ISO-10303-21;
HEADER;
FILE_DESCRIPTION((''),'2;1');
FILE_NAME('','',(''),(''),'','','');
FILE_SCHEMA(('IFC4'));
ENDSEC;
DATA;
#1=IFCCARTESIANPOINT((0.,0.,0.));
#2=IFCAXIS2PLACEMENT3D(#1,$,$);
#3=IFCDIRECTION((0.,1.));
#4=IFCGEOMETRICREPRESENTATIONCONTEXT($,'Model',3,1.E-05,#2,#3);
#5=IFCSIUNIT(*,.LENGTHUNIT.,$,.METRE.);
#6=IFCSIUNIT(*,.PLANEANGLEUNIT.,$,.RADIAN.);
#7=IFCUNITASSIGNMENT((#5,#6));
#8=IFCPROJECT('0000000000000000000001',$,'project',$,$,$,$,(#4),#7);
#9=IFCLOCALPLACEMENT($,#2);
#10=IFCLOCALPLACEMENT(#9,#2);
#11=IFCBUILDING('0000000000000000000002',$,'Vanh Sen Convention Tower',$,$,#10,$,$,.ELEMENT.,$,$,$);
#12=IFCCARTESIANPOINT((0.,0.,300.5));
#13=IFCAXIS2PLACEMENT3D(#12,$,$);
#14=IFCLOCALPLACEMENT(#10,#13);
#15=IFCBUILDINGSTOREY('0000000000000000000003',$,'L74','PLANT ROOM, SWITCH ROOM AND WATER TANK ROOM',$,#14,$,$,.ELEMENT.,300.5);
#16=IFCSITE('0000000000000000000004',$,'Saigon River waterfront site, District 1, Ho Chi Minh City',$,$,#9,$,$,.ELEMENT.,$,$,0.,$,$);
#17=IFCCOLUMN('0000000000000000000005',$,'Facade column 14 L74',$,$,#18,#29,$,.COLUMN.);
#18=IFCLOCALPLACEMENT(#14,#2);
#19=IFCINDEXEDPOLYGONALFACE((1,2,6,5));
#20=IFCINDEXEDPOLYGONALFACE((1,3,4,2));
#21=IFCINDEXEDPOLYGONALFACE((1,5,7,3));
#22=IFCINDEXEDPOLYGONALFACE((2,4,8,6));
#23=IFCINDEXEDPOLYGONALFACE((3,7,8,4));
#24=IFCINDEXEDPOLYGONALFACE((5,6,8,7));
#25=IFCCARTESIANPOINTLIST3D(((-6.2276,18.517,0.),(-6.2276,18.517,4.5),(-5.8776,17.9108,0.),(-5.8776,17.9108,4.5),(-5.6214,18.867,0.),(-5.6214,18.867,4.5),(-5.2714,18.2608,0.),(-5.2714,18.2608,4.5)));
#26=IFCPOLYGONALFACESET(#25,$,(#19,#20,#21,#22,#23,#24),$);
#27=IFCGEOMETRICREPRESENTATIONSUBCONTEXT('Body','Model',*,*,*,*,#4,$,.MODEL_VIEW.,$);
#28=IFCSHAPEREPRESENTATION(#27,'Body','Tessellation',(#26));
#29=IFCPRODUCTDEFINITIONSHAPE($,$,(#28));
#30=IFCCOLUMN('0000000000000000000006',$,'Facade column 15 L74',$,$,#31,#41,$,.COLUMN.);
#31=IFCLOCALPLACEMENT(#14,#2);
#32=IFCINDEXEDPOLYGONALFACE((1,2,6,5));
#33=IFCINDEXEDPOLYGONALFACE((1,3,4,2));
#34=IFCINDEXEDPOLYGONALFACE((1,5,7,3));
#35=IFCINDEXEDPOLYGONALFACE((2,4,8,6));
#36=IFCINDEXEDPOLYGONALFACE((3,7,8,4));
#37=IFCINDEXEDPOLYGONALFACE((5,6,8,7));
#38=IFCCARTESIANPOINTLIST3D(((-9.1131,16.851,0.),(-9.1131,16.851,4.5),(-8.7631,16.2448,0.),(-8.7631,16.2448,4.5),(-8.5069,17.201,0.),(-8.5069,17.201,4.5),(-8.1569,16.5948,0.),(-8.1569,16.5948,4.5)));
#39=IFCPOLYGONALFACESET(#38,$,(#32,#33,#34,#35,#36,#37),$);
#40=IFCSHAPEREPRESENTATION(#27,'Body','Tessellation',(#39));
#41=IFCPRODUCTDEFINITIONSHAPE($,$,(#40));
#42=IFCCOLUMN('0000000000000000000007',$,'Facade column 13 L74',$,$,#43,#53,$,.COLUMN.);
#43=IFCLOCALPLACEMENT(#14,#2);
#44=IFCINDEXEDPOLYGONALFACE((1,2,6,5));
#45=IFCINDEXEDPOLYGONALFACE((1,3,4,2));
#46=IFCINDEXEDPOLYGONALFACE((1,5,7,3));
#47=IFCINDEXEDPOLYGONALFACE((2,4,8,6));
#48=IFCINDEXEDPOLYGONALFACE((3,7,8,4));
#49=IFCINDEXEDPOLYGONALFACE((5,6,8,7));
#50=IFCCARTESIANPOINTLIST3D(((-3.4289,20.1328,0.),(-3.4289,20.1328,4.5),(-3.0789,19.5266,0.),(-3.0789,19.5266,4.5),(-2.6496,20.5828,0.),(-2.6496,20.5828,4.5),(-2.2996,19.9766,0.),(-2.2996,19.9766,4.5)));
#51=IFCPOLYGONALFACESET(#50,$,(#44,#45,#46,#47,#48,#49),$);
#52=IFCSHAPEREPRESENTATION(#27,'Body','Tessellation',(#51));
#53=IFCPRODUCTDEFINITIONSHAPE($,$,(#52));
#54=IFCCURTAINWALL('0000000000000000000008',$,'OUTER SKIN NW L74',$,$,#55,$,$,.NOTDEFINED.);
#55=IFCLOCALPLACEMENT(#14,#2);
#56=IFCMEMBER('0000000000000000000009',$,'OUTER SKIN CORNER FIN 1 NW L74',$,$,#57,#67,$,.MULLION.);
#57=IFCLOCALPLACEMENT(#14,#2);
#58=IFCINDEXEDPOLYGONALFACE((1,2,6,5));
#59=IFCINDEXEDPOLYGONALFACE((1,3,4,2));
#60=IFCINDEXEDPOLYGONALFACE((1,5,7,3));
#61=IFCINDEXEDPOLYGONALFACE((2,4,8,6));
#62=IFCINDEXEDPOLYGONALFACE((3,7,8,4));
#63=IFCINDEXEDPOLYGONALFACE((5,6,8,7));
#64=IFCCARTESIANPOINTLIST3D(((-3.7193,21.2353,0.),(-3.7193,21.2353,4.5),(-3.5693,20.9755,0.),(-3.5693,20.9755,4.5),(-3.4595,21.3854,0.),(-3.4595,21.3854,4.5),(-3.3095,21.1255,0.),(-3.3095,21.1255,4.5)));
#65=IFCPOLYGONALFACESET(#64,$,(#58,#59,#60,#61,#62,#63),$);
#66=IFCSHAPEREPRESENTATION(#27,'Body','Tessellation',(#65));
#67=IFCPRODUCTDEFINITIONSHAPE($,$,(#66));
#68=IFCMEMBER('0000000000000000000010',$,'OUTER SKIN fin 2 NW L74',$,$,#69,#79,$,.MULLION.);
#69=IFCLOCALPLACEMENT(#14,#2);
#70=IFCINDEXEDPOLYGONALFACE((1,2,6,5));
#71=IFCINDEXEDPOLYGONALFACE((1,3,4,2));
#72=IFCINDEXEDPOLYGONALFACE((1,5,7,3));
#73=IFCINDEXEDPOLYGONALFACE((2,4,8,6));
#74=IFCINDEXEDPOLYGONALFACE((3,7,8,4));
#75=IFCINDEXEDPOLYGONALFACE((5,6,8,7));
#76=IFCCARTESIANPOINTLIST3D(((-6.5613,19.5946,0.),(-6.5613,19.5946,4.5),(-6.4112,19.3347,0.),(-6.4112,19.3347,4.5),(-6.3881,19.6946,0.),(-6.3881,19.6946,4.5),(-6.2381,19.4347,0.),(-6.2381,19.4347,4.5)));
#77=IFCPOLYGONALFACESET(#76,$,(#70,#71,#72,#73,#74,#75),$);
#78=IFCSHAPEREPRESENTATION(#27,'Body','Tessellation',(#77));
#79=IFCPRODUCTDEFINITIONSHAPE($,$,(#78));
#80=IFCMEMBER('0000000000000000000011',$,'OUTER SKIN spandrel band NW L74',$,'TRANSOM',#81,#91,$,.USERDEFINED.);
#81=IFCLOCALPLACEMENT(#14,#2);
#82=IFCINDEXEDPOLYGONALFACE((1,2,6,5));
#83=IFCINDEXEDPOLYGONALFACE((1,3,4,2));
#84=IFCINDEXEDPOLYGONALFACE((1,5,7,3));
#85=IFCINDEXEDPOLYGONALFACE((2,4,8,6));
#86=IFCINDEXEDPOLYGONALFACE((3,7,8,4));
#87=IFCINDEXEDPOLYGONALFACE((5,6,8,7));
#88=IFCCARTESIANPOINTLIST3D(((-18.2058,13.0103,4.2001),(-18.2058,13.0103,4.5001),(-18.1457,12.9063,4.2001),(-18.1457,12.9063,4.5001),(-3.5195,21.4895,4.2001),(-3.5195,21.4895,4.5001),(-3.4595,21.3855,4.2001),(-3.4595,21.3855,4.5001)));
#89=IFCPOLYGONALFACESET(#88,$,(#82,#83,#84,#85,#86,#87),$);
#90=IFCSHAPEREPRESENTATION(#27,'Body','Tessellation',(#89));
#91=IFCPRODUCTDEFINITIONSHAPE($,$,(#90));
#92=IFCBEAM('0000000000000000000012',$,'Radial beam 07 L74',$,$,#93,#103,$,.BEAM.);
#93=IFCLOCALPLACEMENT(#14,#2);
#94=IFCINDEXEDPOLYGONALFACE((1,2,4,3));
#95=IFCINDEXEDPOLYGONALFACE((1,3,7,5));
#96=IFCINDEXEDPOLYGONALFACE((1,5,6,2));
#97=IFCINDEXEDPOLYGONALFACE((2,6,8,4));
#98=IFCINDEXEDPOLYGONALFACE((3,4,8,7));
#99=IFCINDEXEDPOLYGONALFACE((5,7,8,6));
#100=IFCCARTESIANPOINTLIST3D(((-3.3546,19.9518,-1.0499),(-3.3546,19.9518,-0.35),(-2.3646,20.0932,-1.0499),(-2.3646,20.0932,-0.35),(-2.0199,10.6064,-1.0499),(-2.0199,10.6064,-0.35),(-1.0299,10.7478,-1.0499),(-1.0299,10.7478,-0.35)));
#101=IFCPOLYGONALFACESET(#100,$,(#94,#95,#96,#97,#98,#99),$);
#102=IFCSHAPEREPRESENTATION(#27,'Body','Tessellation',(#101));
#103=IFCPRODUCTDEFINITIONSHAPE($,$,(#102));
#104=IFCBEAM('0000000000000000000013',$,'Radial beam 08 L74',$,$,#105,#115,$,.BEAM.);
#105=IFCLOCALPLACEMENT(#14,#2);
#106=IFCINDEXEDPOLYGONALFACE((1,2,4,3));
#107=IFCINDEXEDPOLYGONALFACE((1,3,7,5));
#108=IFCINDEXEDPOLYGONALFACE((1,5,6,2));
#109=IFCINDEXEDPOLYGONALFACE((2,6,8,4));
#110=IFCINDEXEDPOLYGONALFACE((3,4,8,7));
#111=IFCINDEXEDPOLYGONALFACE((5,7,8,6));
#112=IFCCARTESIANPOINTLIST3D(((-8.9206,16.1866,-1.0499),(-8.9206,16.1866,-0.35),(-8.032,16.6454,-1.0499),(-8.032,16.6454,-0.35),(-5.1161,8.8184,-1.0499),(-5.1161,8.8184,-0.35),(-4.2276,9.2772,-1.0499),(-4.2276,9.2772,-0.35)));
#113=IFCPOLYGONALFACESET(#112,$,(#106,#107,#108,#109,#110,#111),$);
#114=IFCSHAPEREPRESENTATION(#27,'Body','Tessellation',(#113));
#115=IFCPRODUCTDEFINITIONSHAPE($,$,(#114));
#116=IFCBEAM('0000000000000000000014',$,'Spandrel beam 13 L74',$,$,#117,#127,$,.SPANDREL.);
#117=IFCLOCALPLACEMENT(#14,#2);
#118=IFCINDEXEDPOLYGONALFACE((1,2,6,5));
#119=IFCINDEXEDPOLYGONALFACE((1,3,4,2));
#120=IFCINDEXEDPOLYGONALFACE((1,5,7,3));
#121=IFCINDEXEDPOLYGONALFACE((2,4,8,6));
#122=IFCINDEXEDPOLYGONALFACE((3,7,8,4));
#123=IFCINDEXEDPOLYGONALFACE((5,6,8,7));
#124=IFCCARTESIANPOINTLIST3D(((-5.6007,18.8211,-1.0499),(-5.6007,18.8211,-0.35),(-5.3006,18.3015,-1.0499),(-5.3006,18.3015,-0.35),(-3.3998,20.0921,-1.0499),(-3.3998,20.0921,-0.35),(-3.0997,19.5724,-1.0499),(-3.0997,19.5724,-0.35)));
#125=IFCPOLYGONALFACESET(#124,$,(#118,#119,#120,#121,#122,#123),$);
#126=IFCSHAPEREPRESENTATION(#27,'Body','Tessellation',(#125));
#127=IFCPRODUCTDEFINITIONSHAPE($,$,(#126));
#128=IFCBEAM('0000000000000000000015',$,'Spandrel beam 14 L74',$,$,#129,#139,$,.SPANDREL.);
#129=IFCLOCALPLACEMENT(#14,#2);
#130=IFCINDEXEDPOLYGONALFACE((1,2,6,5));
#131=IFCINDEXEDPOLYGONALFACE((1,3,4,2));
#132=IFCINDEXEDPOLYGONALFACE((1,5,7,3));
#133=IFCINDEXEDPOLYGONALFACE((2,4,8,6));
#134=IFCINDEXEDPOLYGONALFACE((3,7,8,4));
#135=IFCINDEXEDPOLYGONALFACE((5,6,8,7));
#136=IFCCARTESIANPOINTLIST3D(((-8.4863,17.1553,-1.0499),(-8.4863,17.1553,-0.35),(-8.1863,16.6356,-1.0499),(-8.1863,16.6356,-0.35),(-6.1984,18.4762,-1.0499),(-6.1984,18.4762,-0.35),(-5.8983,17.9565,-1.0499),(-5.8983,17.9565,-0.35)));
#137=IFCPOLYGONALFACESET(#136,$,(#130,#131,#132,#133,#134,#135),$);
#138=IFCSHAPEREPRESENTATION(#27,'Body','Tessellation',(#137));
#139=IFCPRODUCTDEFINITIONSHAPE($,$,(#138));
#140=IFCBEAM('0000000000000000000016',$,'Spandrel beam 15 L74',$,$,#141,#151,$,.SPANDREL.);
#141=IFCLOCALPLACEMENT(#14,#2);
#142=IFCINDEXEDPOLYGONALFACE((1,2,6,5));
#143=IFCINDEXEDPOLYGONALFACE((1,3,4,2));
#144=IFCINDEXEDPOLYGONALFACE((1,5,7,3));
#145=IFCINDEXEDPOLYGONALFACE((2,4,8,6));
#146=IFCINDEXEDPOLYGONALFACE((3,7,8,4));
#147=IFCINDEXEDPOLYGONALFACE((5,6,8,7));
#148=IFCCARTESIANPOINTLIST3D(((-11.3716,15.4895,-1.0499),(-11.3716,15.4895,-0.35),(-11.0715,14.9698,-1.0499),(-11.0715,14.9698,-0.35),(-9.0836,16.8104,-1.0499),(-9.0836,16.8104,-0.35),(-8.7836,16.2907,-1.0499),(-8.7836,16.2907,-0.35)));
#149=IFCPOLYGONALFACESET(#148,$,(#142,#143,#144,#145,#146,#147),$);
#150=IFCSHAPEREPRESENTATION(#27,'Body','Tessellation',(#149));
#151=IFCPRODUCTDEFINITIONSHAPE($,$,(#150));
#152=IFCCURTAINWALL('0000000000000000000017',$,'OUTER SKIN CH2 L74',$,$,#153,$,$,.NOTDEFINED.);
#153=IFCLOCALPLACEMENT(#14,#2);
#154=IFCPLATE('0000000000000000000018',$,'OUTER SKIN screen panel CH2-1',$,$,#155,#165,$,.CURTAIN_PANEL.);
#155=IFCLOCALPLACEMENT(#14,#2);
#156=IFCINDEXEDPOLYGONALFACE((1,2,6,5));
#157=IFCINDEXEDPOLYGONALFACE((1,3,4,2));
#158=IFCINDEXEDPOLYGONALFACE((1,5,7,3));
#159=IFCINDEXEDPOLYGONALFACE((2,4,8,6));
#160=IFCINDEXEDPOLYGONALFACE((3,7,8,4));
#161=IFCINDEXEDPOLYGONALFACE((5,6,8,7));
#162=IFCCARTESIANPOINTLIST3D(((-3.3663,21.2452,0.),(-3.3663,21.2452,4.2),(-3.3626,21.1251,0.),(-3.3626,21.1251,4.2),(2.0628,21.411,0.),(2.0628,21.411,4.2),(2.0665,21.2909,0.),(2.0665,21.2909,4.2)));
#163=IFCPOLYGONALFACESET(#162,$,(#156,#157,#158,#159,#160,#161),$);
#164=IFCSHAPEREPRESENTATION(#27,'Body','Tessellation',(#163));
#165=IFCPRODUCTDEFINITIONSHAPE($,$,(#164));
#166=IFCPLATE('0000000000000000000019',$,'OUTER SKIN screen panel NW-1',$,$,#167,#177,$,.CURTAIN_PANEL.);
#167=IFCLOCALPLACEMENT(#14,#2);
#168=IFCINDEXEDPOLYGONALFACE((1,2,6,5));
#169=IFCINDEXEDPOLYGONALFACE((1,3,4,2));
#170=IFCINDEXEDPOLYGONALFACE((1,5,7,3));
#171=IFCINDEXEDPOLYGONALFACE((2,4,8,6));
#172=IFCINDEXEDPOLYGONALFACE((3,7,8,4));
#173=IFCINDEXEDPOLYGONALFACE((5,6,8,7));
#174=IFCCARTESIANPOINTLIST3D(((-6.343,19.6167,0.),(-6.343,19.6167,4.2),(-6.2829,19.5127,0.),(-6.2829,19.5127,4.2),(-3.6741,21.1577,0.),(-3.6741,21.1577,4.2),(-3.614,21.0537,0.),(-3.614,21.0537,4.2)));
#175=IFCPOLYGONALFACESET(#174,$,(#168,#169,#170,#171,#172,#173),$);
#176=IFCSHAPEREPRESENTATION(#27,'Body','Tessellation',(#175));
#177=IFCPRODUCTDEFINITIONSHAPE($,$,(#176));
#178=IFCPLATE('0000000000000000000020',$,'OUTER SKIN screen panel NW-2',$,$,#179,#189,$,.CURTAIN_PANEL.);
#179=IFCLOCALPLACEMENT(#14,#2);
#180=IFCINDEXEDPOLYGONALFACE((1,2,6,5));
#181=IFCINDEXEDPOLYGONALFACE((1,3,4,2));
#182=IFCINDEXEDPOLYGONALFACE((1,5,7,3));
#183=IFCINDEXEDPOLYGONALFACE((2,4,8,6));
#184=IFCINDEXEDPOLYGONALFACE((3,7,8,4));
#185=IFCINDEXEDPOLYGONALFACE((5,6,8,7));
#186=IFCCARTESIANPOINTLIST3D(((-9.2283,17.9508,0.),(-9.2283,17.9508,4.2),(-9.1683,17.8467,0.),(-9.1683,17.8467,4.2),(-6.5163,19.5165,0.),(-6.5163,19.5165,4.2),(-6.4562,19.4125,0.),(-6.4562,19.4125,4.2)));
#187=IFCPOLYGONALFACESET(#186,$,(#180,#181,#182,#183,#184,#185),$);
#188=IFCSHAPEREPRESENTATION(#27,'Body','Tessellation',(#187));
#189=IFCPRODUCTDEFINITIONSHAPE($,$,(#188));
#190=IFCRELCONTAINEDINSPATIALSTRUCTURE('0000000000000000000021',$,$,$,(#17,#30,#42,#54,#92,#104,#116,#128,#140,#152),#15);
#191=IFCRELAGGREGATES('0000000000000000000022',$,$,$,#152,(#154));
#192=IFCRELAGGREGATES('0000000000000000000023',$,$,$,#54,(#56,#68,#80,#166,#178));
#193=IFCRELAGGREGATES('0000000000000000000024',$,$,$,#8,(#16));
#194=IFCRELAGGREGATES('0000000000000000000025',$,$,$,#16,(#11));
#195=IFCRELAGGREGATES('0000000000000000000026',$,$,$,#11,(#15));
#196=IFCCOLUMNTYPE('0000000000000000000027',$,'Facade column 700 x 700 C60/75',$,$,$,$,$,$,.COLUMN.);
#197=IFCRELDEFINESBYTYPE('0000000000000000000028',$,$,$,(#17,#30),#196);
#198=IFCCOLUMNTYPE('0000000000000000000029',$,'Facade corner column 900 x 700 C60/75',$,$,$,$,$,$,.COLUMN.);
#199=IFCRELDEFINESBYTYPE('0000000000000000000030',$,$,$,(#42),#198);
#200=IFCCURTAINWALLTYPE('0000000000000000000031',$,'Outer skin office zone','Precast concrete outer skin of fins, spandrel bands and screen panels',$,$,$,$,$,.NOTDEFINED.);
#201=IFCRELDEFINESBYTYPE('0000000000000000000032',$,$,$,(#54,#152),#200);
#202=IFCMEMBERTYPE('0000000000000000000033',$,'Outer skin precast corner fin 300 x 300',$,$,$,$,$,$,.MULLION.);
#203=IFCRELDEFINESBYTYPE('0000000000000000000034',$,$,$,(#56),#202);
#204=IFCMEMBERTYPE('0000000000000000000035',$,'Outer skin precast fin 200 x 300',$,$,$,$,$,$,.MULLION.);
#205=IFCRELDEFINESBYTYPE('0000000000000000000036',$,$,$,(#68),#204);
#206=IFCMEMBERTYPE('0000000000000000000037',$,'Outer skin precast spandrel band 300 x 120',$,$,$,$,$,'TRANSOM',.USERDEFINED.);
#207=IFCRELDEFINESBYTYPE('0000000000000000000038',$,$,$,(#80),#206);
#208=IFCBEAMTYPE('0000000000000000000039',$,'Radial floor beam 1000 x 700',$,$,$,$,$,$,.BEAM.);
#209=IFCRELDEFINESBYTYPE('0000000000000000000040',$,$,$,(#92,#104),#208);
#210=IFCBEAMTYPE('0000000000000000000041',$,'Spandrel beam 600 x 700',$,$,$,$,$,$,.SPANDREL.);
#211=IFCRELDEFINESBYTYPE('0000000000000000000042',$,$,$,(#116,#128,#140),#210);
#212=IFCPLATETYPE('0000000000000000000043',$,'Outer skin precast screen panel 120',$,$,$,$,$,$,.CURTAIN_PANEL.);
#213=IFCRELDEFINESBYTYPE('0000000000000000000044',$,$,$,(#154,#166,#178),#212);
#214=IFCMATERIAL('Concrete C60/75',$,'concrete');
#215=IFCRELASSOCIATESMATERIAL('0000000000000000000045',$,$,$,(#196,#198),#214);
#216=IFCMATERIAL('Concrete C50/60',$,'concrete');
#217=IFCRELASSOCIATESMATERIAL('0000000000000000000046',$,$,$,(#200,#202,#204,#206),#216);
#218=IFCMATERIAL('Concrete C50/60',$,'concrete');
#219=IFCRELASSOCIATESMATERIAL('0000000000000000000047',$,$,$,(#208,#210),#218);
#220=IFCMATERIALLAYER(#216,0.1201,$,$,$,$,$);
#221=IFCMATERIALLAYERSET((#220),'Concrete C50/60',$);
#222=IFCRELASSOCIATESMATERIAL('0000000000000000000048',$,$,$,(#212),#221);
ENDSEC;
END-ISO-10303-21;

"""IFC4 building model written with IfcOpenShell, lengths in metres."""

from ifc_helpers import new_model, si_unit, direction, frame, origin, origin_2d, place, context, subcontext, project, spatial, rectangle, extrude, material, layer, layer_set, material_profile, profile_set, type_object, element, aggregate, save


model = new_model("IFC4")

# Units and contexts
model_context = context("Model", 3, precision=1e-05, world=origin(), true_north=direction((0.0, 1.0)))
body_context = subcontext(model_context, "Body", "Model", "MODEL_VIEW")
ifc_project = project(units=[si_unit("LENGTHUNIT", "METRE"), si_unit("PLANEANGLEUNIT", "RADIAN")], contexts=[model_context])

# Site, building, storey
site_placement = place(None, origin())
site = spatial("IfcSite", under=ifc_project, at=site_placement, Name="Saigon River waterfront site, District 1, Ho Chi Minh City", CompositionType="ELEMENT", RefElevation=0.0)
building_placement = place(site_placement, origin())
building = spatial("IfcBuilding", under=site, at=building_placement, Name="Vanh Sen Convention Tower", CompositionType="ELEMENT")
storey_placement = place(building_placement, frame((0.0, 0.0, 300.5)))
storey = spatial("IfcBuildingStorey", under=building, at=storey_placement, Name="L74", Description="PLANT ROOM, SWITCH ROOM AND WATER TANK ROOM", CompositionType="ELEMENT", Elevation=300.5)

# Columns
ifc_material_1 = material(Name="Concrete C60/75", Category="concrete")
ifc_material_profile_1 = material_profile(ifc_material_1, rectangle(XDim=0.7, YDim=0.7, at=origin_2d()), Name="RC 700X700")
ifc_profile_set_1 = profile_set([ifc_material_profile_1], Name="Concrete C60/75")
column_type_1 = type_object("IfcColumnType", Name="Facade column 700 x 700 C60/75", PredefinedType="COLUMN", material=ifc_profile_set_1)
for number, where, z_axis, x_axis, name in (
    (1, (-5.7495, 18.3889, 0.0), (0.0, 0.0, 1.0), (-0.866025, -0.5, 0.0), "Facade column 14 L74"),
    (2, (-8.635, 16.7229, 0.0), (0.0, 0.0, 1.0), (-0.866025, -0.5, 0.0), "Facade column 15 L74"),
):
    element("IfcColumn", number, at=place(storey_placement, frame(where, z_axis=z_axis, x_axis=x_axis)), inside=storey, type_object=column_type_1, Name=name, PredefinedType="COLUMN", context=body_context, shape_type="SweptSolid", body=[
        extrude(rectangle(XDim=0.7, YDim=0.7, at=origin_2d()), origin(), (0.0, 0.0, 1.0), 4.5),
    ])
ifc_material_profile_2 = material_profile(ifc_material_1, rectangle(XDim=0.8999, YDim=0.7, at=origin_2d()), Name="RC 900X700")
ifc_profile_set_2 = profile_set([ifc_material_profile_2], Name="Concrete C60/75")
column_type_2 = type_object("IfcColumnType", Name="Facade corner column 900 x 700 C60/75", PredefinedType="COLUMN", material=ifc_profile_set_2)
column_placement = place(storey_placement, frame((-2.8643, 20.0547, 0.0), z_axis=(0.0, 0.0, 1.0), x_axis=(-0.866025, -0.5, 0.0)))
element("IfcColumn", 3, at=column_placement, inside=storey, type_object=column_type_2, Name="Facade column 13 L74", PredefinedType="COLUMN", context=body_context, shape_type="SweptSolid", body=[
    extrude(rectangle(XDim=0.8999, YDim=0.7, at=origin_2d()), origin(), (0.0, 0.0, 1.0), 4.5),
])

# Curtain wall, members
ifc_material_2 = material(Name="Concrete C50/60", Category="concrete")
curtain_wall_type = type_object("IfcCurtainWallType", Name="Outer skin office zone", Description="Precast concrete outer skin of fins, spandrel bands and screen panels", PredefinedType="NOTDEFINED", material=ifc_material_2)
curtain_wall_1_placement = place(storey_placement, origin())
curtain_wall_1 = element("IfcCurtainWall", 4, at=curtain_wall_1_placement, inside=storey, type_object=curtain_wall_type, Name="OUTER SKIN NW L74", PredefinedType="NOTDEFINED")
ifc_material_profile_3 = material_profile(ifc_material_2, rectangle(XDim=0.3, YDim=0.3, at=origin_2d()), Name="Outer skin precast corner fin 300 x 300")
ifc_profile_set_3 = profile_set([ifc_material_profile_3], Name="Concrete C50/60")
member_type_1 = type_object("IfcMemberType", Name="Outer skin precast corner fin 300 x 300", PredefinedType="MULLION", material=ifc_profile_set_3)
member_1_placement = place(storey_placement, frame((-3.5144, 21.1804, 0.0), z_axis=(0.0, 0.0, 1.0), x_axis=(-0.866025, -0.5, 0.0)))
member_1 = element("IfcMember", 5, at=member_1_placement, type_object=member_type_1, Name="OUTER SKIN CORNER FIN 1 NW L74", PredefinedType="MULLION", context=body_context, shape_type="SweptSolid", body=[
    extrude(rectangle(XDim=0.3, YDim=0.3, at=origin_2d()), origin(), (0.0, 0.0, 1.0), 4.5),
])
ifc_material_profile_4 = material_profile(ifc_material_2, rectangle(XDim=0.2, YDim=0.3, at=origin_2d()), Name="Outer skin precast fin 200 x 300")
ifc_profile_set_4 = profile_set([ifc_material_profile_4], Name="Concrete C50/60")
member_type_2 = type_object("IfcMemberType", Name="Outer skin precast fin 200 x 300", PredefinedType="MULLION", material=ifc_profile_set_4)
member_2_placement = place(storey_placement, frame((-6.3997, 19.5146, 0.0), z_axis=(0.0, 0.0, 1.0), x_axis=(-0.866025, -0.5, 0.0)))
member_2 = element("IfcMember", 6, at=member_2_placement, type_object=member_type_2, Name="OUTER SKIN fin 2 NW L74", PredefinedType="MULLION", context=body_context, shape_type="SweptSolid", body=[
    extrude(rectangle(XDim=0.2, YDim=0.3, at=origin_2d()), origin(), (0.0, 0.0, 1.0), 4.5),
])
ifc_material_profile_5 = material_profile(ifc_material_2, rectangle(XDim=0.1201, YDim=0.3, at=origin_2d()), Name="Outer skin precast spandrel band 300 x 120")
ifc_profile_set_5 = profile_set([ifc_material_profile_5], Name="Concrete C50/60")
member_type_3 = type_object("IfcMemberType", Name="Outer skin precast spandrel band 300 x 120", ElementType="TRANSOM", PredefinedType="USERDEFINED", material=ifc_profile_set_5)
member_3_placement = place(storey_placement, frame((-3.4895, 21.4375, 4.3501), z_axis=(-0.866022, -0.500005, 0.0), x_axis=(0.500005, -0.866022, 0.0)))
member_3 = element("IfcMember", 7, at=member_3_placement, type_object=member_type_3, Name="OUTER SKIN spandrel band NW L74", ObjectType="TRANSOM", PredefinedType="USERDEFINED", context=body_context, shape_type="SweptSolid", body=[
    extrude(rectangle(XDim=0.1201, YDim=0.3, at=origin_2d()), origin(), (0.0, 0.0, 1.0), 16.9583),
])

# Beams
ifc_material_3 = material(Name="Concrete C50/60", Category="concrete")
ifc_material_profile_6 = material_profile(ifc_material_3, rectangle(XDim=1.0, YDim=0.7, at=origin_2d()), Name="RC 1000X700")
ifc_profile_set_6 = profile_set([ifc_material_profile_6], Name="Concrete C50/60")
beam_type_1 = type_object("IfcBeamType", Name="Radial floor beam 1000 x 700", PredefinedType="BEAM", material=ifc_profile_set_6)
beam_1_placement = place(storey_placement, frame((-2.8596, 20.0225, -0.7), z_axis=(0.141385, -0.989955, 0.0), x_axis=(0.989955, 0.141385, 0.0)))
element("IfcBeam", 8, at=beam_1_placement, inside=storey, type_object=beam_type_1, Name="Radial beam 07 L74", PredefinedType="BEAM", context=body_context, shape_type="SweptSolid", body=[
    extrude(rectangle(XDim=1.0, YDim=0.7, at=origin_2d()), origin(), (0.0, 0.0, 1.0), 9.4402),
])
beam_2_placement = place(storey_placement, frame((-8.4763, 16.416, -0.7), z_axis=(0.458788, -0.888546, 0.0), x_axis=(0.888546, 0.458788, 0.0)))
element("IfcBeam", 9, at=beam_2_placement, inside=storey, type_object=beam_type_1, Name="Radial beam 08 L74", PredefinedType="BEAM", context=body_context, shape_type="SweptSolid", body=[
    extrude(rectangle(XDim=1.0, YDim=0.7, at=origin_2d()), origin(), (0.0, 0.0, 1.0), 8.2925),
])
ifc_material_profile_7 = material_profile(ifc_material_3, rectangle(XDim=0.6001, YDim=0.7, at=origin_2d()), Name="RC 600X700")
ifc_profile_set_7 = profile_set([ifc_material_profile_7], Name="Concrete C50/60")
beam_type_2 = type_object("IfcBeamType", Name="Spandrel beam 600 x 700", PredefinedType="SPANDREL", material=ifc_profile_set_7)
beam_3_placement = place(storey_placement, frame((-3.2498, 19.8323, -0.7), z_axis=(-0.865976, -0.500086, 0.0), x_axis=(0.500086, -0.865976, 0.0)))
element("IfcBeam", 10, at=beam_3_placement, inside=storey, type_object=beam_type_2, Name="Spandrel beam 13 L74", PredefinedType="SPANDREL", context=body_context, shape_type="SweptSolid", body=[
    extrude(rectangle(XDim=0.6001, YDim=0.7, at=origin_2d()), origin(), (0.0, 0.0, 1.0), 2.5415),
])
for number, where, z_axis, x_axis, name in (
    (11, (-6.0483, 18.2163, -0.7), (-0.866039, -0.499976, 0.0), (0.499976, -0.866039, 0.0), "Spandrel beam 14 L74"),
    (12, (-8.9336, 16.5505, -0.7), (-0.866039, -0.499976, 0.0), (0.499976, -0.866039, 0.0), "Spandrel beam 15 L74"),
):
    element("IfcBeam", number, at=place(storey_placement, frame(where, z_axis=z_axis, x_axis=x_axis)), inside=storey, type_object=beam_type_2, Name=name, PredefinedType="SPANDREL", context=body_context, shape_type="SweptSolid", body=[
        extrude(rectangle(XDim=0.6001, YDim=0.7, at=origin_2d()), origin(), (0.0, 0.0, 1.0), 2.6418),
    ])

# Curtain wall, plate
curtain_wall_2_placement = place(storey_placement, origin())
curtain_wall_2 = element("IfcCurtainWall", 13, at=curtain_wall_2_placement, inside=storey, type_object=curtain_wall_type, Name="OUTER SKIN CH2 L74", PredefinedType="NOTDEFINED")
ifc_layer_1 = layer(ifc_material_2, 0.1201)
ifc_layer_set_1 = layer_set([ifc_layer_1], Name="Concrete C50/60")
plate_type = type_object("IfcPlateType", Name="Outer skin precast screen panel 120", PredefinedType="CURTAIN_PANEL", material=ifc_layer_set_1)
plate_1_placement = place(storey_placement, frame((-0.6499, 21.2681, 0.0), z_axis=(0.0, 0.0, 1.0), x_axis=(-0.999534, -0.030528, 0.0)))
plate_1 = element("IfcPlate", 14, at=plate_1_placement, type_object=plate_type, Name="OUTER SKIN screen panel CH2-1", PredefinedType="CURTAIN_PANEL", context=body_context, shape_type="SweptSolid", body=[
    extrude(rectangle(XDim=5.4316, YDim=0.1201, at=origin_2d()), origin(), (0.0, 0.0, 1.0), 4.2),
])
aggregate(curtain_wall_2, [plate_1])

# Plates
plate_2_placement = place(storey_placement, frame((-4.9785, 20.3352, 0.0), z_axis=(0.0, 0.0, 1.0), x_axis=(-0.866016, -0.500017, 0.0)))
plate_2 = element("IfcPlate", 15, at=plate_2_placement, type_object=plate_type, Name="OUTER SKIN screen panel NW-1", PredefinedType="CURTAIN_PANEL", context=body_context, shape_type="SweptSolid", body=[
    extrude(rectangle(XDim=3.0818, YDim=0.1201, at=origin_2d()), origin(), (0.0, 0.0, 1.0), 4.2),
])
plate_3_placement = place(storey_placement, frame((-7.8423, 18.6816, 0.0), z_axis=(0.0, 0.0, 1.0), x_axis=(-0.866029, -0.499994, 0.0)))
plate_3 = element("IfcPlate", 16, at=plate_3_placement, type_object=plate_type, Name="OUTER SKIN screen panel NW-2", PredefinedType="CURTAIN_PANEL", context=body_context, shape_type="SweptSolid", body=[
    extrude(rectangle(XDim=3.1316, YDim=0.1201, at=origin_2d()), origin(), (0.0, 0.0, 1.0), 4.2),
])
aggregate(curtain_wall_1, [member_1, member_2, member_3, plate_2, plate_3])

save(model, "model.ifc")
